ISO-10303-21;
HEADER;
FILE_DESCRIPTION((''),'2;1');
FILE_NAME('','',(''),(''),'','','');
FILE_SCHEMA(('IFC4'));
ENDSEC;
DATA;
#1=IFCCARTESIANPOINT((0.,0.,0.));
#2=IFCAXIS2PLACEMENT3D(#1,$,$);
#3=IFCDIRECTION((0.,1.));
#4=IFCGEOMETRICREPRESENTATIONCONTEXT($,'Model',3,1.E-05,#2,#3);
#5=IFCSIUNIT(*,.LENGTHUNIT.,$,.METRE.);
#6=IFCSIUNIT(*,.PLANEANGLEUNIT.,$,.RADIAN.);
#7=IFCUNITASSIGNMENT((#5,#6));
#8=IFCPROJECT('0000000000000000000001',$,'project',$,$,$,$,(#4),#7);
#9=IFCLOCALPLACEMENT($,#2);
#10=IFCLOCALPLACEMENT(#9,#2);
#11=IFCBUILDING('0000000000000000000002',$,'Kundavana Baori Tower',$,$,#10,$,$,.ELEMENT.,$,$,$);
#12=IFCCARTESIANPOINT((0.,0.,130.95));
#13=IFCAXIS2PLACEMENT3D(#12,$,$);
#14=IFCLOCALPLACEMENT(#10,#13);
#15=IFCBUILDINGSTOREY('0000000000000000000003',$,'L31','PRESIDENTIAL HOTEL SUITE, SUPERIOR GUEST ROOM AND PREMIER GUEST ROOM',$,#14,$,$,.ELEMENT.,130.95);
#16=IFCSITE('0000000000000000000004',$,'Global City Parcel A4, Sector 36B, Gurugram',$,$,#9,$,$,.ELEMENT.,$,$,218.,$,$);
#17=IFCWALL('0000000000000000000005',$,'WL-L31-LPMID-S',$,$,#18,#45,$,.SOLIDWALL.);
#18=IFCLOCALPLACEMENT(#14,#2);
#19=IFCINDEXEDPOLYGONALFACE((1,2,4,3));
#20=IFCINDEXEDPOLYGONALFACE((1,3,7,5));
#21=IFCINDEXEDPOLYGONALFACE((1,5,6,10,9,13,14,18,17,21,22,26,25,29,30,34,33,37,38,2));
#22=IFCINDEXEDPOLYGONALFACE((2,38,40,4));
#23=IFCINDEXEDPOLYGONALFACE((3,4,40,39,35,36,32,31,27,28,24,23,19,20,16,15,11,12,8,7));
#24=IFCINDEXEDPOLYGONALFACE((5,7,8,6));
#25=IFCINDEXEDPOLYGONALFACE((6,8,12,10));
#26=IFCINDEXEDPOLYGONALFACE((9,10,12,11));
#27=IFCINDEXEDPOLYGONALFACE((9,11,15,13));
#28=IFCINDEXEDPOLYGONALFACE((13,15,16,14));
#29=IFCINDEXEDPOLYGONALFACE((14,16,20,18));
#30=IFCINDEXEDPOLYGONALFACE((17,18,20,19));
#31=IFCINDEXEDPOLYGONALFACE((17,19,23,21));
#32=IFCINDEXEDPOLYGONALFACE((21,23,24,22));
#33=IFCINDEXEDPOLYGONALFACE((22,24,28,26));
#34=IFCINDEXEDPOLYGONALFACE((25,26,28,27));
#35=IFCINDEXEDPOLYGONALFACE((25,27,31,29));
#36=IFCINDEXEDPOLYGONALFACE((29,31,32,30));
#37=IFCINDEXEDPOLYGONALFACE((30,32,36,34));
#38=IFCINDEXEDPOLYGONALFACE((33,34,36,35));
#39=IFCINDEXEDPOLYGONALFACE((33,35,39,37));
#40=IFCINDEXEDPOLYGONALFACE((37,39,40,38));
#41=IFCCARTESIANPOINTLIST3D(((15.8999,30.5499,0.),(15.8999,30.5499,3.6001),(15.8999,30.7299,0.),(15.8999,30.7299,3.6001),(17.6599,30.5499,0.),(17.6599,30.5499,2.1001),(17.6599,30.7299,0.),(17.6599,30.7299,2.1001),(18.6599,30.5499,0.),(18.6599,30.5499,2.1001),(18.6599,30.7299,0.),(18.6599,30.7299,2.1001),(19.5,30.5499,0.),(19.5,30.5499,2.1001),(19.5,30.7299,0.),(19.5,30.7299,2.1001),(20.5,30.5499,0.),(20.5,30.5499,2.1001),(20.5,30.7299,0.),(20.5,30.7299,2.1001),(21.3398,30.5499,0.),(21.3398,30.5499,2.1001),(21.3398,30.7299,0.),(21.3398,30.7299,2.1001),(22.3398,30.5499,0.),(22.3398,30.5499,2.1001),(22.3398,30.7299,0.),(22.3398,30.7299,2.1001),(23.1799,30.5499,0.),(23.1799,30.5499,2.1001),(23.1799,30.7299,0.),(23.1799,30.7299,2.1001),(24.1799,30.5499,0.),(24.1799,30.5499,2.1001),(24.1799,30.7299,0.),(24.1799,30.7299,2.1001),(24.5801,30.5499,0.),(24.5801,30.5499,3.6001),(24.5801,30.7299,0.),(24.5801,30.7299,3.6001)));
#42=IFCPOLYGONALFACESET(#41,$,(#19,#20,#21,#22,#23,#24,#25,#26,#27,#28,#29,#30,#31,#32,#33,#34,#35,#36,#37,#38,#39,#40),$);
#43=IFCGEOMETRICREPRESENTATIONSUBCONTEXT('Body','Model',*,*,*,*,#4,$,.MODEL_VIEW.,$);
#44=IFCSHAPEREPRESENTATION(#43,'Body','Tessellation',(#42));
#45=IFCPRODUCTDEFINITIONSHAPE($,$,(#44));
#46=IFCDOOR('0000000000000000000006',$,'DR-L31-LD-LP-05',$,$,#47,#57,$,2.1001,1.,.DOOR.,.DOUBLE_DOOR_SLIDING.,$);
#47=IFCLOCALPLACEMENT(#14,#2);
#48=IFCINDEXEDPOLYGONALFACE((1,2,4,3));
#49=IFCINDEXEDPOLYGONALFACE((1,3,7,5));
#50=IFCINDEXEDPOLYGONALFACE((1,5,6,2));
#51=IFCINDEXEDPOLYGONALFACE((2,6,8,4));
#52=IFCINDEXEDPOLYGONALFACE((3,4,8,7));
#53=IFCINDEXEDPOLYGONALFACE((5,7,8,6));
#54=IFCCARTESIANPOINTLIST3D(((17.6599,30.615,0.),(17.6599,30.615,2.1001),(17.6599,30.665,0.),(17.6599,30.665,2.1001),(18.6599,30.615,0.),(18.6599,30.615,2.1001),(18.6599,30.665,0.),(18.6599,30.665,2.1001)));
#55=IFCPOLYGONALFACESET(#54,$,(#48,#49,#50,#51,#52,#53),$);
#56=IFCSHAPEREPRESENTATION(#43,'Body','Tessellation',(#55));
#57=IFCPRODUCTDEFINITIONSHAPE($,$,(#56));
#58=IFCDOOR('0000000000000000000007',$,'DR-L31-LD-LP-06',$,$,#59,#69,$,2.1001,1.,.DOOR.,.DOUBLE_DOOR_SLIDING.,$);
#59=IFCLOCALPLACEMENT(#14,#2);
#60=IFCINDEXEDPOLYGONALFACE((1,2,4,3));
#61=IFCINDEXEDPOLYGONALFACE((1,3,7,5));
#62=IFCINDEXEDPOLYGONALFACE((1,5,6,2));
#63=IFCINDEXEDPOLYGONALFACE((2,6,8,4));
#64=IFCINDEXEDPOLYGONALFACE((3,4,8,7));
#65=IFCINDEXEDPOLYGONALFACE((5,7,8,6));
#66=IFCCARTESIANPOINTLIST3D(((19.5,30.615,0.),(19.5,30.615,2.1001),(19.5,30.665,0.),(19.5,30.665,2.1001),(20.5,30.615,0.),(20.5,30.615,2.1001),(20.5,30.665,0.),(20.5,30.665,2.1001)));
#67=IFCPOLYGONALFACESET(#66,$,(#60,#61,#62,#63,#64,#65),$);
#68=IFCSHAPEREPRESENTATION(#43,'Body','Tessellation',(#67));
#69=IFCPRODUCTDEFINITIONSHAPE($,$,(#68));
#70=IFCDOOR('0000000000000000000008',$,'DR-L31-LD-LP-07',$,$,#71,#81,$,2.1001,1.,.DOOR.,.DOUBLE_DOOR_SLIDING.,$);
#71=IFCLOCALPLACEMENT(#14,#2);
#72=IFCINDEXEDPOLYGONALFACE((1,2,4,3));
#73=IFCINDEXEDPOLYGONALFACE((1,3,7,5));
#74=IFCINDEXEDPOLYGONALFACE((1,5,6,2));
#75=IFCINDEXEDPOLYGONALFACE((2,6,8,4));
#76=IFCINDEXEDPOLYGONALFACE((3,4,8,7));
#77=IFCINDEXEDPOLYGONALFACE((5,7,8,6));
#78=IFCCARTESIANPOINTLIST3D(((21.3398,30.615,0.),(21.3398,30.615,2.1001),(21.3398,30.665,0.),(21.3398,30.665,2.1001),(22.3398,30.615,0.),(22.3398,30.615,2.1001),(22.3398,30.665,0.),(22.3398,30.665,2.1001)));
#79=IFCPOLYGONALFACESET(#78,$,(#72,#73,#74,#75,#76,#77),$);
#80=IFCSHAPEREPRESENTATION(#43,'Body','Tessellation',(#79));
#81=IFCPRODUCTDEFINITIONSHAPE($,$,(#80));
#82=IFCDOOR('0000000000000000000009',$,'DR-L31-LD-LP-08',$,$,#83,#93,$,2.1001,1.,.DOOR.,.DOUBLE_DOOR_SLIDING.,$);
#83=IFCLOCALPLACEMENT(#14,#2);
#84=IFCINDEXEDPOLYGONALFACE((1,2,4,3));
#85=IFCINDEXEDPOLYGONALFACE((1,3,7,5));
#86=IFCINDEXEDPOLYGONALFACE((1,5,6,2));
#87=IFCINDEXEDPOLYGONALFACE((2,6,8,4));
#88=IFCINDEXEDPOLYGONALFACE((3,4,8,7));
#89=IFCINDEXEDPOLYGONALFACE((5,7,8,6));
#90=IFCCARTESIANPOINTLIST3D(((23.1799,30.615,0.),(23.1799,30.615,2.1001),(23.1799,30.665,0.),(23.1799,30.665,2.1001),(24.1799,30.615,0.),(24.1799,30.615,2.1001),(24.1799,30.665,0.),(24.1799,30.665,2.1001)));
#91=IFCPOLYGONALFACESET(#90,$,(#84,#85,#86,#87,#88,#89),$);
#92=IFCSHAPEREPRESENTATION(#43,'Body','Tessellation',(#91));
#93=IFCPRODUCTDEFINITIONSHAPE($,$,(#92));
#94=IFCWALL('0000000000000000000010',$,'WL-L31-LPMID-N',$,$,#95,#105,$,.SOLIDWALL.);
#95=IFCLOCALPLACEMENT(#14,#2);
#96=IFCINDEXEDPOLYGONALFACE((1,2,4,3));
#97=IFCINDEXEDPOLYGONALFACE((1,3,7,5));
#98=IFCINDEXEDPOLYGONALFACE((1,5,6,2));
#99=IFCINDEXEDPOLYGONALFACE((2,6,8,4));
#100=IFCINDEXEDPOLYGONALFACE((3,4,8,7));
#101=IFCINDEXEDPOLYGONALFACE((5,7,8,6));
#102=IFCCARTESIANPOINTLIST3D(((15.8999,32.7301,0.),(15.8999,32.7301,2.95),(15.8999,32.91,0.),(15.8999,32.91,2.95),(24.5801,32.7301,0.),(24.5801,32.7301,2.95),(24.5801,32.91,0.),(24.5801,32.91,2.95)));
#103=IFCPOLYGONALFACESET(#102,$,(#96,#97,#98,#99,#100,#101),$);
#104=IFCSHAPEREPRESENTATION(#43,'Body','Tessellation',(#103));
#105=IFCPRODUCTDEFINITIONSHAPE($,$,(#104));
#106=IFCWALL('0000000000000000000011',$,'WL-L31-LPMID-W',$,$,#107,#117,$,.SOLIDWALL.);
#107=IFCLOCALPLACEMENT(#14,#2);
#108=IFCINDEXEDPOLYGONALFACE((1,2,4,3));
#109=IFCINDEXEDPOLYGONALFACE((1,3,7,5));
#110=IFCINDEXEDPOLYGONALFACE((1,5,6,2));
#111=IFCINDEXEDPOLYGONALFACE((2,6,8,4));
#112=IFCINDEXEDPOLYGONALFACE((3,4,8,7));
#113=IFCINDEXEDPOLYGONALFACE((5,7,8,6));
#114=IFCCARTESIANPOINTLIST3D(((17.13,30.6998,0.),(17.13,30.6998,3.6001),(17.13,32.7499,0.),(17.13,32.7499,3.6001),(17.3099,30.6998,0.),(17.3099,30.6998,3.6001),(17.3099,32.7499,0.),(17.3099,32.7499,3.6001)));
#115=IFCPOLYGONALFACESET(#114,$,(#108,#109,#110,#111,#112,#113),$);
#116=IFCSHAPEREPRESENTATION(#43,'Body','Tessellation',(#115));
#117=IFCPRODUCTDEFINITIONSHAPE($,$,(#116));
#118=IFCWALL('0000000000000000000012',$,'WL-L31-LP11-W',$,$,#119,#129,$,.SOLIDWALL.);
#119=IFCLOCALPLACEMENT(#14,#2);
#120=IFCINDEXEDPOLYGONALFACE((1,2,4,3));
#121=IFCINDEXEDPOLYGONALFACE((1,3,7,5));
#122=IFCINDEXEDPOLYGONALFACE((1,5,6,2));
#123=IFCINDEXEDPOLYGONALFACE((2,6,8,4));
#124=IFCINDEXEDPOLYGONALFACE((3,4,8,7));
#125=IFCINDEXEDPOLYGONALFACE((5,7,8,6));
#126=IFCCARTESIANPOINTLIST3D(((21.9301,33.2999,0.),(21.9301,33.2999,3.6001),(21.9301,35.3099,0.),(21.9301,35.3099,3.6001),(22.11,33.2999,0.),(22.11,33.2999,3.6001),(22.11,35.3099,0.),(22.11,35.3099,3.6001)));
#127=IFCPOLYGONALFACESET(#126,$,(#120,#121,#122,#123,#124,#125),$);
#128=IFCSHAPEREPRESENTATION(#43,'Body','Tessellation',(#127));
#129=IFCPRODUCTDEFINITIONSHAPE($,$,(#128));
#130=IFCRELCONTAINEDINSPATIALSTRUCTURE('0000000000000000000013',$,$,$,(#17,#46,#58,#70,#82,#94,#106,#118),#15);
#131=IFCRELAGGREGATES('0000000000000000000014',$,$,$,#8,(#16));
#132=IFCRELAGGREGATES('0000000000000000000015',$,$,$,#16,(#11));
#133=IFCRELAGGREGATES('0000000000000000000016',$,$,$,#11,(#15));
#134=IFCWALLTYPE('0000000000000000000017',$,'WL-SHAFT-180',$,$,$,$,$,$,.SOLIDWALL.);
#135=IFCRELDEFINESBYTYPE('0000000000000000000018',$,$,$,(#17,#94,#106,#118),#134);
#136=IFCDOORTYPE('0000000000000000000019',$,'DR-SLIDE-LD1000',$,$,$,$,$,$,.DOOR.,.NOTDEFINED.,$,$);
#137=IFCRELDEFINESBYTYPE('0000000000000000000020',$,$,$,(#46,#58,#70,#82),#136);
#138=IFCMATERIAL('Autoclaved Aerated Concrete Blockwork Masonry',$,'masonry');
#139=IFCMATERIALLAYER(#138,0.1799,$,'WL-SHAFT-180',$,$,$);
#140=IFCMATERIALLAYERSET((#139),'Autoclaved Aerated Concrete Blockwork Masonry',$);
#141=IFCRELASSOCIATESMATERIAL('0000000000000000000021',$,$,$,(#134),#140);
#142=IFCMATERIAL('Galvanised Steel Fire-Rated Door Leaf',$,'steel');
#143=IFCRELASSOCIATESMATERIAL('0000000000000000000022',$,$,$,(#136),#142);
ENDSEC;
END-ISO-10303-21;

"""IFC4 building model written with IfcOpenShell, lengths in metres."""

from ifc_helpers import new_model, si_unit, direction, frame, frame_2d, origin, place, context, subcontext, project, spatial, rectangle, extrude, material, layer, layer_set, type_object, element, fill, save


model = new_model("IFC4")

# Units and contexts
model_context = context("Model", 3, precision=1e-05, world=origin(), true_north=direction((0.0, 1.0)))
body_context = subcontext(model_context, "Body", "Model", "MODEL_VIEW")
ifc_project = project(units=[si_unit("LENGTHUNIT", "METRE"), si_unit("PLANEANGLEUNIT", "RADIAN")], contexts=[model_context])

# Site, building, storey
site_placement = place(None, origin())
site = spatial("IfcSite", under=ifc_project, at=site_placement, Name="Global City Parcel A4, Sector 36B, Gurugram", CompositionType="ELEMENT", RefElevation=218.0)
building_placement = place(site_placement, origin())
building = spatial("IfcBuilding", under=site, at=building_placement, Name="Kundavana Baori Tower", CompositionType="ELEMENT")
storey_placement = place(building_placement, frame((0.0, 0.0, 130.95)))
storey = spatial("IfcBuildingStorey", under=building, at=storey_placement, Name="L31", Description="PRESIDENTIAL HOTEL SUITE, SUPERIOR GUEST ROOM AND PREMIER GUEST ROOM", CompositionType="ELEMENT", Elevation=130.95)

# Shared definitions
ifc_material_1 = material(Name="Autoclaved Aerated Concrete Blockwork Masonry", Category="masonry")
ifc_layer_1 = layer(ifc_material_1, 0.1799, Name="WL-SHAFT-180")
ifc_layer_set_1 = layer_set([ifc_layer_1], Name="Autoclaved Aerated Concrete Blockwork Masonry")
wall_type_1 = type_object("IfcWallType", Name="WL-SHAFT-180", PredefinedType="SOLIDWALL", material=ifc_layer_set_1)

# Wall, openings, doors
wall_1_placement = place(storey_placement, frame((15.8999, 30.6399, 0.0), z_axis=(0.0, 0.0, 1.0), x_axis=(1.0, 0.0, 0.0)))
wall_1 = element("IfcWall", 1, at=wall_1_placement, inside=storey, type_object=wall_type_1, Name="WL-L31-LPMID-S", PredefinedType="SOLIDWALL", context=body_context, shape_type="SweptSolid", body=[
    extrude(rectangle(XDim=8.6802, YDim=0.1799, at=frame_2d((4.3401, 0.0))), origin(), (0.0, 0.0, 1.0), 3.6001),
])
opening_1_placement = place(wall_1_placement, frame((1.76, 0.0, 0.0)))
opening_1 = element("IfcOpeningElement", 2, at=opening_1_placement, cuts=wall_1, PredefinedType="OPENING", context=body_context, shape_type="SweptSolid", body=[
    extrude(rectangle(XDim=1.0, YDim=2.1001, at=frame_2d((0.5, 1.05))), frame((0.0, 0.1001, 0.0), z_axis=(0.0, -1.0, 0.0), x_axis=(1.0, 0.0, 0.0)), (0.0, 0.0, 1.0), 0.2),
])
opening_2_placement = place(wall_1_placement, frame((3.6001, 0.0, 0.0)))
opening_2 = element("IfcOpeningElement", 3, at=opening_2_placement, cuts=wall_1, PredefinedType="OPENING", context=body_context, shape_type="SweptSolid", body=[
    extrude(rectangle(XDim=1.0, YDim=2.1001, at=frame_2d((0.5, 1.05))), frame((0.0, 0.1001, 0.0), z_axis=(0.0, -1.0, 0.0), x_axis=(1.0, 0.0, 0.0)), (0.0, 0.0, 1.0), 0.2),
])
opening_3_placement = place(wall_1_placement, frame((5.4399, 0.0, 0.0)))
opening_3 = element("IfcOpeningElement", 4, at=opening_3_placement, cuts=wall_1, PredefinedType="OPENING", context=body_context, shape_type="SweptSolid", body=[
    extrude(rectangle(XDim=1.0, YDim=2.1001, at=frame_2d((0.5, 1.05))), frame((0.0, 0.1001, 0.0), z_axis=(0.0, -1.0, 0.0), x_axis=(1.0, 0.0, 0.0)), (0.0, 0.0, 1.0), 0.2),
])
opening_4_placement = place(wall_1_placement, frame((7.28, 0.0, 0.0)))
opening_4 = element("IfcOpeningElement", 5, at=opening_4_placement, cuts=wall_1, PredefinedType="OPENING", context=body_context, shape_type="SweptSolid", body=[
    extrude(rectangle(XDim=1.0, YDim=2.1001, at=frame_2d((0.5, 1.05))), frame((0.0, 0.1001, 0.0), z_axis=(0.0, -1.0, 0.0), x_axis=(1.0, 0.0, 0.0)), (0.0, 0.0, 1.0), 0.2),
])
ifc_material_2 = material(Name="Galvanised Steel Fire-Rated Door Leaf", Category="steel")
door_type_1 = type_object("IfcDoorType", Name="DR-SLIDE-LD1000", OperationType="NOTDEFINED", PredefinedType="DOOR", material=ifc_material_2)
door_1_placement = place(opening_1_placement, frame((1.0, 0.0, 0.0), z_axis=(0.0, 0.0, 1.0), x_axis=(-1.0, 0.0, 0.0)))
door_1 = element("IfcDoor", 6, at=door_1_placement, inside=storey, type_object=door_type_1, Name="DR-L31-LD-LP-05", OperationType="DOUBLE_DOOR_SLIDING", OverallHeight=2.1001, OverallWidth=1.0, PredefinedType="DOOR", context=body_context, shape_type="SweptSolid", body=[
    extrude(rectangle(XDim=1.0, YDim=2.1001, at=frame_2d((0.5, 1.05))), frame((0.0, 0.0249, 0.0), z_axis=(0.0, -1.0, 0.0), x_axis=(1.0, 0.0, 0.0)), (0.0, 0.0, 1.0), 0.05),
])
fill(opening_1, door_1)
door_2_placement = place(opening_2_placement, frame((1.0, 0.0, 0.0), z_axis=(0.0, 0.0, 1.0), x_axis=(-1.0, 0.0, 0.0)))
door_2 = element("IfcDoor", 7, at=door_2_placement, inside=storey, type_object=door_type_1, Name="DR-L31-LD-LP-06", OperationType="DOUBLE_DOOR_SLIDING", OverallHeight=2.1001, OverallWidth=1.0, PredefinedType="DOOR", context=body_context, shape_type="SweptSolid", body=[
    extrude(rectangle(XDim=1.0, YDim=2.1001, at=frame_2d((0.5, 1.05))), frame((0.0, 0.0249, 0.0), z_axis=(0.0, -1.0, 0.0), x_axis=(1.0, 0.0, 0.0)), (0.0, 0.0, 1.0), 0.05),
])
fill(opening_2, door_2)
door_3_placement = place(opening_3_placement, frame((1.0, 0.0, 0.0), z_axis=(0.0, 0.0, 1.0), x_axis=(-1.0, 0.0, 0.0)))
door_3 = element("IfcDoor", 8, at=door_3_placement, inside=storey, type_object=door_type_1, Name="DR-L31-LD-LP-07", OperationType="DOUBLE_DOOR_SLIDING", OverallHeight=2.1001, OverallWidth=1.0, PredefinedType="DOOR", context=body_context, shape_type="SweptSolid", body=[
    extrude(rectangle(XDim=1.0, YDim=2.1001, at=frame_2d((0.5, 1.05))), frame((0.0, 0.0249, 0.0), z_axis=(0.0, -1.0, 0.0), x_axis=(1.0, 0.0, 0.0)), (0.0, 0.0, 1.0), 0.05),
])
fill(opening_3, door_3)
door_4_placement = place(opening_4_placement, frame((1.0, 0.0, 0.0), z_axis=(0.0, 0.0, 1.0), x_axis=(-1.0, 0.0, 0.0)))
door_4 = element("IfcDoor", 9, at=door_4_placement, inside=storey, type_object=door_type_1, Name="DR-L31-LD-LP-08", OperationType="DOUBLE_DOOR_SLIDING", OverallHeight=2.1001, OverallWidth=1.0, PredefinedType="DOOR", context=body_context, shape_type="SweptSolid", body=[
    extrude(rectangle(XDim=1.0, YDim=2.1001, at=frame_2d((0.5, 1.05))), frame((0.0, 0.0249, 0.0), z_axis=(0.0, -1.0, 0.0), x_axis=(1.0, 0.0, 0.0)), (0.0, 0.0, 1.0), 0.05),
])
fill(opening_4, door_4)

# Walls
wall_2_placement = place(storey_placement, frame((15.8999, 32.8201, 0.0), z_axis=(0.0, 0.0, 1.0), x_axis=(1.0, 0.0, 0.0)))
element("IfcWall", 10, at=wall_2_placement, inside=storey, type_object=wall_type_1, Name="WL-L31-LPMID-N", PredefinedType="SOLIDWALL", context=body_context, shape_type="SweptSolid", body=[
    extrude(rectangle(XDim=8.6802, YDim=0.1799, at=frame_2d((4.3401, 0.0))), origin(), (0.0, 0.0, 1.0), 2.95),
])
wall_3_placement = place(storey_placement, frame((17.22, 30.7, 0.0), z_axis=(0.0, 0.0, 1.0), x_axis=(0.0, 1.0, 0.0)))
element("IfcWall", 11, at=wall_3_placement, inside=storey, type_object=wall_type_1, Name="WL-L31-LPMID-W", PredefinedType="SOLIDWALL", context=body_context, shape_type="SweptSolid", body=[
    extrude(rectangle(XDim=2.05, YDim=0.1799, at=frame_2d((1.0249, 0.0))), origin(), (0.0, 0.0, 1.0), 3.6001),
])
wall_4_placement = place(storey_placement, frame((22.02, 33.3, 0.0), z_axis=(0.0, 0.0, 1.0), x_axis=(0.0, 1.0, 0.0)))
element("IfcWall", 12, at=wall_4_placement, inside=storey, type_object=wall_type_1, Name="WL-L31-LP11-W", PredefinedType="SOLIDWALL", context=body_context, shape_type="SweptSolid", body=[
    extrude(rectangle(XDim=2.01, YDim=0.1799, at=frame_2d((1.0049, 0.0))), origin(), (0.0, 0.0, 1.0), 3.6001),
])

save(model, "model.ifc")
